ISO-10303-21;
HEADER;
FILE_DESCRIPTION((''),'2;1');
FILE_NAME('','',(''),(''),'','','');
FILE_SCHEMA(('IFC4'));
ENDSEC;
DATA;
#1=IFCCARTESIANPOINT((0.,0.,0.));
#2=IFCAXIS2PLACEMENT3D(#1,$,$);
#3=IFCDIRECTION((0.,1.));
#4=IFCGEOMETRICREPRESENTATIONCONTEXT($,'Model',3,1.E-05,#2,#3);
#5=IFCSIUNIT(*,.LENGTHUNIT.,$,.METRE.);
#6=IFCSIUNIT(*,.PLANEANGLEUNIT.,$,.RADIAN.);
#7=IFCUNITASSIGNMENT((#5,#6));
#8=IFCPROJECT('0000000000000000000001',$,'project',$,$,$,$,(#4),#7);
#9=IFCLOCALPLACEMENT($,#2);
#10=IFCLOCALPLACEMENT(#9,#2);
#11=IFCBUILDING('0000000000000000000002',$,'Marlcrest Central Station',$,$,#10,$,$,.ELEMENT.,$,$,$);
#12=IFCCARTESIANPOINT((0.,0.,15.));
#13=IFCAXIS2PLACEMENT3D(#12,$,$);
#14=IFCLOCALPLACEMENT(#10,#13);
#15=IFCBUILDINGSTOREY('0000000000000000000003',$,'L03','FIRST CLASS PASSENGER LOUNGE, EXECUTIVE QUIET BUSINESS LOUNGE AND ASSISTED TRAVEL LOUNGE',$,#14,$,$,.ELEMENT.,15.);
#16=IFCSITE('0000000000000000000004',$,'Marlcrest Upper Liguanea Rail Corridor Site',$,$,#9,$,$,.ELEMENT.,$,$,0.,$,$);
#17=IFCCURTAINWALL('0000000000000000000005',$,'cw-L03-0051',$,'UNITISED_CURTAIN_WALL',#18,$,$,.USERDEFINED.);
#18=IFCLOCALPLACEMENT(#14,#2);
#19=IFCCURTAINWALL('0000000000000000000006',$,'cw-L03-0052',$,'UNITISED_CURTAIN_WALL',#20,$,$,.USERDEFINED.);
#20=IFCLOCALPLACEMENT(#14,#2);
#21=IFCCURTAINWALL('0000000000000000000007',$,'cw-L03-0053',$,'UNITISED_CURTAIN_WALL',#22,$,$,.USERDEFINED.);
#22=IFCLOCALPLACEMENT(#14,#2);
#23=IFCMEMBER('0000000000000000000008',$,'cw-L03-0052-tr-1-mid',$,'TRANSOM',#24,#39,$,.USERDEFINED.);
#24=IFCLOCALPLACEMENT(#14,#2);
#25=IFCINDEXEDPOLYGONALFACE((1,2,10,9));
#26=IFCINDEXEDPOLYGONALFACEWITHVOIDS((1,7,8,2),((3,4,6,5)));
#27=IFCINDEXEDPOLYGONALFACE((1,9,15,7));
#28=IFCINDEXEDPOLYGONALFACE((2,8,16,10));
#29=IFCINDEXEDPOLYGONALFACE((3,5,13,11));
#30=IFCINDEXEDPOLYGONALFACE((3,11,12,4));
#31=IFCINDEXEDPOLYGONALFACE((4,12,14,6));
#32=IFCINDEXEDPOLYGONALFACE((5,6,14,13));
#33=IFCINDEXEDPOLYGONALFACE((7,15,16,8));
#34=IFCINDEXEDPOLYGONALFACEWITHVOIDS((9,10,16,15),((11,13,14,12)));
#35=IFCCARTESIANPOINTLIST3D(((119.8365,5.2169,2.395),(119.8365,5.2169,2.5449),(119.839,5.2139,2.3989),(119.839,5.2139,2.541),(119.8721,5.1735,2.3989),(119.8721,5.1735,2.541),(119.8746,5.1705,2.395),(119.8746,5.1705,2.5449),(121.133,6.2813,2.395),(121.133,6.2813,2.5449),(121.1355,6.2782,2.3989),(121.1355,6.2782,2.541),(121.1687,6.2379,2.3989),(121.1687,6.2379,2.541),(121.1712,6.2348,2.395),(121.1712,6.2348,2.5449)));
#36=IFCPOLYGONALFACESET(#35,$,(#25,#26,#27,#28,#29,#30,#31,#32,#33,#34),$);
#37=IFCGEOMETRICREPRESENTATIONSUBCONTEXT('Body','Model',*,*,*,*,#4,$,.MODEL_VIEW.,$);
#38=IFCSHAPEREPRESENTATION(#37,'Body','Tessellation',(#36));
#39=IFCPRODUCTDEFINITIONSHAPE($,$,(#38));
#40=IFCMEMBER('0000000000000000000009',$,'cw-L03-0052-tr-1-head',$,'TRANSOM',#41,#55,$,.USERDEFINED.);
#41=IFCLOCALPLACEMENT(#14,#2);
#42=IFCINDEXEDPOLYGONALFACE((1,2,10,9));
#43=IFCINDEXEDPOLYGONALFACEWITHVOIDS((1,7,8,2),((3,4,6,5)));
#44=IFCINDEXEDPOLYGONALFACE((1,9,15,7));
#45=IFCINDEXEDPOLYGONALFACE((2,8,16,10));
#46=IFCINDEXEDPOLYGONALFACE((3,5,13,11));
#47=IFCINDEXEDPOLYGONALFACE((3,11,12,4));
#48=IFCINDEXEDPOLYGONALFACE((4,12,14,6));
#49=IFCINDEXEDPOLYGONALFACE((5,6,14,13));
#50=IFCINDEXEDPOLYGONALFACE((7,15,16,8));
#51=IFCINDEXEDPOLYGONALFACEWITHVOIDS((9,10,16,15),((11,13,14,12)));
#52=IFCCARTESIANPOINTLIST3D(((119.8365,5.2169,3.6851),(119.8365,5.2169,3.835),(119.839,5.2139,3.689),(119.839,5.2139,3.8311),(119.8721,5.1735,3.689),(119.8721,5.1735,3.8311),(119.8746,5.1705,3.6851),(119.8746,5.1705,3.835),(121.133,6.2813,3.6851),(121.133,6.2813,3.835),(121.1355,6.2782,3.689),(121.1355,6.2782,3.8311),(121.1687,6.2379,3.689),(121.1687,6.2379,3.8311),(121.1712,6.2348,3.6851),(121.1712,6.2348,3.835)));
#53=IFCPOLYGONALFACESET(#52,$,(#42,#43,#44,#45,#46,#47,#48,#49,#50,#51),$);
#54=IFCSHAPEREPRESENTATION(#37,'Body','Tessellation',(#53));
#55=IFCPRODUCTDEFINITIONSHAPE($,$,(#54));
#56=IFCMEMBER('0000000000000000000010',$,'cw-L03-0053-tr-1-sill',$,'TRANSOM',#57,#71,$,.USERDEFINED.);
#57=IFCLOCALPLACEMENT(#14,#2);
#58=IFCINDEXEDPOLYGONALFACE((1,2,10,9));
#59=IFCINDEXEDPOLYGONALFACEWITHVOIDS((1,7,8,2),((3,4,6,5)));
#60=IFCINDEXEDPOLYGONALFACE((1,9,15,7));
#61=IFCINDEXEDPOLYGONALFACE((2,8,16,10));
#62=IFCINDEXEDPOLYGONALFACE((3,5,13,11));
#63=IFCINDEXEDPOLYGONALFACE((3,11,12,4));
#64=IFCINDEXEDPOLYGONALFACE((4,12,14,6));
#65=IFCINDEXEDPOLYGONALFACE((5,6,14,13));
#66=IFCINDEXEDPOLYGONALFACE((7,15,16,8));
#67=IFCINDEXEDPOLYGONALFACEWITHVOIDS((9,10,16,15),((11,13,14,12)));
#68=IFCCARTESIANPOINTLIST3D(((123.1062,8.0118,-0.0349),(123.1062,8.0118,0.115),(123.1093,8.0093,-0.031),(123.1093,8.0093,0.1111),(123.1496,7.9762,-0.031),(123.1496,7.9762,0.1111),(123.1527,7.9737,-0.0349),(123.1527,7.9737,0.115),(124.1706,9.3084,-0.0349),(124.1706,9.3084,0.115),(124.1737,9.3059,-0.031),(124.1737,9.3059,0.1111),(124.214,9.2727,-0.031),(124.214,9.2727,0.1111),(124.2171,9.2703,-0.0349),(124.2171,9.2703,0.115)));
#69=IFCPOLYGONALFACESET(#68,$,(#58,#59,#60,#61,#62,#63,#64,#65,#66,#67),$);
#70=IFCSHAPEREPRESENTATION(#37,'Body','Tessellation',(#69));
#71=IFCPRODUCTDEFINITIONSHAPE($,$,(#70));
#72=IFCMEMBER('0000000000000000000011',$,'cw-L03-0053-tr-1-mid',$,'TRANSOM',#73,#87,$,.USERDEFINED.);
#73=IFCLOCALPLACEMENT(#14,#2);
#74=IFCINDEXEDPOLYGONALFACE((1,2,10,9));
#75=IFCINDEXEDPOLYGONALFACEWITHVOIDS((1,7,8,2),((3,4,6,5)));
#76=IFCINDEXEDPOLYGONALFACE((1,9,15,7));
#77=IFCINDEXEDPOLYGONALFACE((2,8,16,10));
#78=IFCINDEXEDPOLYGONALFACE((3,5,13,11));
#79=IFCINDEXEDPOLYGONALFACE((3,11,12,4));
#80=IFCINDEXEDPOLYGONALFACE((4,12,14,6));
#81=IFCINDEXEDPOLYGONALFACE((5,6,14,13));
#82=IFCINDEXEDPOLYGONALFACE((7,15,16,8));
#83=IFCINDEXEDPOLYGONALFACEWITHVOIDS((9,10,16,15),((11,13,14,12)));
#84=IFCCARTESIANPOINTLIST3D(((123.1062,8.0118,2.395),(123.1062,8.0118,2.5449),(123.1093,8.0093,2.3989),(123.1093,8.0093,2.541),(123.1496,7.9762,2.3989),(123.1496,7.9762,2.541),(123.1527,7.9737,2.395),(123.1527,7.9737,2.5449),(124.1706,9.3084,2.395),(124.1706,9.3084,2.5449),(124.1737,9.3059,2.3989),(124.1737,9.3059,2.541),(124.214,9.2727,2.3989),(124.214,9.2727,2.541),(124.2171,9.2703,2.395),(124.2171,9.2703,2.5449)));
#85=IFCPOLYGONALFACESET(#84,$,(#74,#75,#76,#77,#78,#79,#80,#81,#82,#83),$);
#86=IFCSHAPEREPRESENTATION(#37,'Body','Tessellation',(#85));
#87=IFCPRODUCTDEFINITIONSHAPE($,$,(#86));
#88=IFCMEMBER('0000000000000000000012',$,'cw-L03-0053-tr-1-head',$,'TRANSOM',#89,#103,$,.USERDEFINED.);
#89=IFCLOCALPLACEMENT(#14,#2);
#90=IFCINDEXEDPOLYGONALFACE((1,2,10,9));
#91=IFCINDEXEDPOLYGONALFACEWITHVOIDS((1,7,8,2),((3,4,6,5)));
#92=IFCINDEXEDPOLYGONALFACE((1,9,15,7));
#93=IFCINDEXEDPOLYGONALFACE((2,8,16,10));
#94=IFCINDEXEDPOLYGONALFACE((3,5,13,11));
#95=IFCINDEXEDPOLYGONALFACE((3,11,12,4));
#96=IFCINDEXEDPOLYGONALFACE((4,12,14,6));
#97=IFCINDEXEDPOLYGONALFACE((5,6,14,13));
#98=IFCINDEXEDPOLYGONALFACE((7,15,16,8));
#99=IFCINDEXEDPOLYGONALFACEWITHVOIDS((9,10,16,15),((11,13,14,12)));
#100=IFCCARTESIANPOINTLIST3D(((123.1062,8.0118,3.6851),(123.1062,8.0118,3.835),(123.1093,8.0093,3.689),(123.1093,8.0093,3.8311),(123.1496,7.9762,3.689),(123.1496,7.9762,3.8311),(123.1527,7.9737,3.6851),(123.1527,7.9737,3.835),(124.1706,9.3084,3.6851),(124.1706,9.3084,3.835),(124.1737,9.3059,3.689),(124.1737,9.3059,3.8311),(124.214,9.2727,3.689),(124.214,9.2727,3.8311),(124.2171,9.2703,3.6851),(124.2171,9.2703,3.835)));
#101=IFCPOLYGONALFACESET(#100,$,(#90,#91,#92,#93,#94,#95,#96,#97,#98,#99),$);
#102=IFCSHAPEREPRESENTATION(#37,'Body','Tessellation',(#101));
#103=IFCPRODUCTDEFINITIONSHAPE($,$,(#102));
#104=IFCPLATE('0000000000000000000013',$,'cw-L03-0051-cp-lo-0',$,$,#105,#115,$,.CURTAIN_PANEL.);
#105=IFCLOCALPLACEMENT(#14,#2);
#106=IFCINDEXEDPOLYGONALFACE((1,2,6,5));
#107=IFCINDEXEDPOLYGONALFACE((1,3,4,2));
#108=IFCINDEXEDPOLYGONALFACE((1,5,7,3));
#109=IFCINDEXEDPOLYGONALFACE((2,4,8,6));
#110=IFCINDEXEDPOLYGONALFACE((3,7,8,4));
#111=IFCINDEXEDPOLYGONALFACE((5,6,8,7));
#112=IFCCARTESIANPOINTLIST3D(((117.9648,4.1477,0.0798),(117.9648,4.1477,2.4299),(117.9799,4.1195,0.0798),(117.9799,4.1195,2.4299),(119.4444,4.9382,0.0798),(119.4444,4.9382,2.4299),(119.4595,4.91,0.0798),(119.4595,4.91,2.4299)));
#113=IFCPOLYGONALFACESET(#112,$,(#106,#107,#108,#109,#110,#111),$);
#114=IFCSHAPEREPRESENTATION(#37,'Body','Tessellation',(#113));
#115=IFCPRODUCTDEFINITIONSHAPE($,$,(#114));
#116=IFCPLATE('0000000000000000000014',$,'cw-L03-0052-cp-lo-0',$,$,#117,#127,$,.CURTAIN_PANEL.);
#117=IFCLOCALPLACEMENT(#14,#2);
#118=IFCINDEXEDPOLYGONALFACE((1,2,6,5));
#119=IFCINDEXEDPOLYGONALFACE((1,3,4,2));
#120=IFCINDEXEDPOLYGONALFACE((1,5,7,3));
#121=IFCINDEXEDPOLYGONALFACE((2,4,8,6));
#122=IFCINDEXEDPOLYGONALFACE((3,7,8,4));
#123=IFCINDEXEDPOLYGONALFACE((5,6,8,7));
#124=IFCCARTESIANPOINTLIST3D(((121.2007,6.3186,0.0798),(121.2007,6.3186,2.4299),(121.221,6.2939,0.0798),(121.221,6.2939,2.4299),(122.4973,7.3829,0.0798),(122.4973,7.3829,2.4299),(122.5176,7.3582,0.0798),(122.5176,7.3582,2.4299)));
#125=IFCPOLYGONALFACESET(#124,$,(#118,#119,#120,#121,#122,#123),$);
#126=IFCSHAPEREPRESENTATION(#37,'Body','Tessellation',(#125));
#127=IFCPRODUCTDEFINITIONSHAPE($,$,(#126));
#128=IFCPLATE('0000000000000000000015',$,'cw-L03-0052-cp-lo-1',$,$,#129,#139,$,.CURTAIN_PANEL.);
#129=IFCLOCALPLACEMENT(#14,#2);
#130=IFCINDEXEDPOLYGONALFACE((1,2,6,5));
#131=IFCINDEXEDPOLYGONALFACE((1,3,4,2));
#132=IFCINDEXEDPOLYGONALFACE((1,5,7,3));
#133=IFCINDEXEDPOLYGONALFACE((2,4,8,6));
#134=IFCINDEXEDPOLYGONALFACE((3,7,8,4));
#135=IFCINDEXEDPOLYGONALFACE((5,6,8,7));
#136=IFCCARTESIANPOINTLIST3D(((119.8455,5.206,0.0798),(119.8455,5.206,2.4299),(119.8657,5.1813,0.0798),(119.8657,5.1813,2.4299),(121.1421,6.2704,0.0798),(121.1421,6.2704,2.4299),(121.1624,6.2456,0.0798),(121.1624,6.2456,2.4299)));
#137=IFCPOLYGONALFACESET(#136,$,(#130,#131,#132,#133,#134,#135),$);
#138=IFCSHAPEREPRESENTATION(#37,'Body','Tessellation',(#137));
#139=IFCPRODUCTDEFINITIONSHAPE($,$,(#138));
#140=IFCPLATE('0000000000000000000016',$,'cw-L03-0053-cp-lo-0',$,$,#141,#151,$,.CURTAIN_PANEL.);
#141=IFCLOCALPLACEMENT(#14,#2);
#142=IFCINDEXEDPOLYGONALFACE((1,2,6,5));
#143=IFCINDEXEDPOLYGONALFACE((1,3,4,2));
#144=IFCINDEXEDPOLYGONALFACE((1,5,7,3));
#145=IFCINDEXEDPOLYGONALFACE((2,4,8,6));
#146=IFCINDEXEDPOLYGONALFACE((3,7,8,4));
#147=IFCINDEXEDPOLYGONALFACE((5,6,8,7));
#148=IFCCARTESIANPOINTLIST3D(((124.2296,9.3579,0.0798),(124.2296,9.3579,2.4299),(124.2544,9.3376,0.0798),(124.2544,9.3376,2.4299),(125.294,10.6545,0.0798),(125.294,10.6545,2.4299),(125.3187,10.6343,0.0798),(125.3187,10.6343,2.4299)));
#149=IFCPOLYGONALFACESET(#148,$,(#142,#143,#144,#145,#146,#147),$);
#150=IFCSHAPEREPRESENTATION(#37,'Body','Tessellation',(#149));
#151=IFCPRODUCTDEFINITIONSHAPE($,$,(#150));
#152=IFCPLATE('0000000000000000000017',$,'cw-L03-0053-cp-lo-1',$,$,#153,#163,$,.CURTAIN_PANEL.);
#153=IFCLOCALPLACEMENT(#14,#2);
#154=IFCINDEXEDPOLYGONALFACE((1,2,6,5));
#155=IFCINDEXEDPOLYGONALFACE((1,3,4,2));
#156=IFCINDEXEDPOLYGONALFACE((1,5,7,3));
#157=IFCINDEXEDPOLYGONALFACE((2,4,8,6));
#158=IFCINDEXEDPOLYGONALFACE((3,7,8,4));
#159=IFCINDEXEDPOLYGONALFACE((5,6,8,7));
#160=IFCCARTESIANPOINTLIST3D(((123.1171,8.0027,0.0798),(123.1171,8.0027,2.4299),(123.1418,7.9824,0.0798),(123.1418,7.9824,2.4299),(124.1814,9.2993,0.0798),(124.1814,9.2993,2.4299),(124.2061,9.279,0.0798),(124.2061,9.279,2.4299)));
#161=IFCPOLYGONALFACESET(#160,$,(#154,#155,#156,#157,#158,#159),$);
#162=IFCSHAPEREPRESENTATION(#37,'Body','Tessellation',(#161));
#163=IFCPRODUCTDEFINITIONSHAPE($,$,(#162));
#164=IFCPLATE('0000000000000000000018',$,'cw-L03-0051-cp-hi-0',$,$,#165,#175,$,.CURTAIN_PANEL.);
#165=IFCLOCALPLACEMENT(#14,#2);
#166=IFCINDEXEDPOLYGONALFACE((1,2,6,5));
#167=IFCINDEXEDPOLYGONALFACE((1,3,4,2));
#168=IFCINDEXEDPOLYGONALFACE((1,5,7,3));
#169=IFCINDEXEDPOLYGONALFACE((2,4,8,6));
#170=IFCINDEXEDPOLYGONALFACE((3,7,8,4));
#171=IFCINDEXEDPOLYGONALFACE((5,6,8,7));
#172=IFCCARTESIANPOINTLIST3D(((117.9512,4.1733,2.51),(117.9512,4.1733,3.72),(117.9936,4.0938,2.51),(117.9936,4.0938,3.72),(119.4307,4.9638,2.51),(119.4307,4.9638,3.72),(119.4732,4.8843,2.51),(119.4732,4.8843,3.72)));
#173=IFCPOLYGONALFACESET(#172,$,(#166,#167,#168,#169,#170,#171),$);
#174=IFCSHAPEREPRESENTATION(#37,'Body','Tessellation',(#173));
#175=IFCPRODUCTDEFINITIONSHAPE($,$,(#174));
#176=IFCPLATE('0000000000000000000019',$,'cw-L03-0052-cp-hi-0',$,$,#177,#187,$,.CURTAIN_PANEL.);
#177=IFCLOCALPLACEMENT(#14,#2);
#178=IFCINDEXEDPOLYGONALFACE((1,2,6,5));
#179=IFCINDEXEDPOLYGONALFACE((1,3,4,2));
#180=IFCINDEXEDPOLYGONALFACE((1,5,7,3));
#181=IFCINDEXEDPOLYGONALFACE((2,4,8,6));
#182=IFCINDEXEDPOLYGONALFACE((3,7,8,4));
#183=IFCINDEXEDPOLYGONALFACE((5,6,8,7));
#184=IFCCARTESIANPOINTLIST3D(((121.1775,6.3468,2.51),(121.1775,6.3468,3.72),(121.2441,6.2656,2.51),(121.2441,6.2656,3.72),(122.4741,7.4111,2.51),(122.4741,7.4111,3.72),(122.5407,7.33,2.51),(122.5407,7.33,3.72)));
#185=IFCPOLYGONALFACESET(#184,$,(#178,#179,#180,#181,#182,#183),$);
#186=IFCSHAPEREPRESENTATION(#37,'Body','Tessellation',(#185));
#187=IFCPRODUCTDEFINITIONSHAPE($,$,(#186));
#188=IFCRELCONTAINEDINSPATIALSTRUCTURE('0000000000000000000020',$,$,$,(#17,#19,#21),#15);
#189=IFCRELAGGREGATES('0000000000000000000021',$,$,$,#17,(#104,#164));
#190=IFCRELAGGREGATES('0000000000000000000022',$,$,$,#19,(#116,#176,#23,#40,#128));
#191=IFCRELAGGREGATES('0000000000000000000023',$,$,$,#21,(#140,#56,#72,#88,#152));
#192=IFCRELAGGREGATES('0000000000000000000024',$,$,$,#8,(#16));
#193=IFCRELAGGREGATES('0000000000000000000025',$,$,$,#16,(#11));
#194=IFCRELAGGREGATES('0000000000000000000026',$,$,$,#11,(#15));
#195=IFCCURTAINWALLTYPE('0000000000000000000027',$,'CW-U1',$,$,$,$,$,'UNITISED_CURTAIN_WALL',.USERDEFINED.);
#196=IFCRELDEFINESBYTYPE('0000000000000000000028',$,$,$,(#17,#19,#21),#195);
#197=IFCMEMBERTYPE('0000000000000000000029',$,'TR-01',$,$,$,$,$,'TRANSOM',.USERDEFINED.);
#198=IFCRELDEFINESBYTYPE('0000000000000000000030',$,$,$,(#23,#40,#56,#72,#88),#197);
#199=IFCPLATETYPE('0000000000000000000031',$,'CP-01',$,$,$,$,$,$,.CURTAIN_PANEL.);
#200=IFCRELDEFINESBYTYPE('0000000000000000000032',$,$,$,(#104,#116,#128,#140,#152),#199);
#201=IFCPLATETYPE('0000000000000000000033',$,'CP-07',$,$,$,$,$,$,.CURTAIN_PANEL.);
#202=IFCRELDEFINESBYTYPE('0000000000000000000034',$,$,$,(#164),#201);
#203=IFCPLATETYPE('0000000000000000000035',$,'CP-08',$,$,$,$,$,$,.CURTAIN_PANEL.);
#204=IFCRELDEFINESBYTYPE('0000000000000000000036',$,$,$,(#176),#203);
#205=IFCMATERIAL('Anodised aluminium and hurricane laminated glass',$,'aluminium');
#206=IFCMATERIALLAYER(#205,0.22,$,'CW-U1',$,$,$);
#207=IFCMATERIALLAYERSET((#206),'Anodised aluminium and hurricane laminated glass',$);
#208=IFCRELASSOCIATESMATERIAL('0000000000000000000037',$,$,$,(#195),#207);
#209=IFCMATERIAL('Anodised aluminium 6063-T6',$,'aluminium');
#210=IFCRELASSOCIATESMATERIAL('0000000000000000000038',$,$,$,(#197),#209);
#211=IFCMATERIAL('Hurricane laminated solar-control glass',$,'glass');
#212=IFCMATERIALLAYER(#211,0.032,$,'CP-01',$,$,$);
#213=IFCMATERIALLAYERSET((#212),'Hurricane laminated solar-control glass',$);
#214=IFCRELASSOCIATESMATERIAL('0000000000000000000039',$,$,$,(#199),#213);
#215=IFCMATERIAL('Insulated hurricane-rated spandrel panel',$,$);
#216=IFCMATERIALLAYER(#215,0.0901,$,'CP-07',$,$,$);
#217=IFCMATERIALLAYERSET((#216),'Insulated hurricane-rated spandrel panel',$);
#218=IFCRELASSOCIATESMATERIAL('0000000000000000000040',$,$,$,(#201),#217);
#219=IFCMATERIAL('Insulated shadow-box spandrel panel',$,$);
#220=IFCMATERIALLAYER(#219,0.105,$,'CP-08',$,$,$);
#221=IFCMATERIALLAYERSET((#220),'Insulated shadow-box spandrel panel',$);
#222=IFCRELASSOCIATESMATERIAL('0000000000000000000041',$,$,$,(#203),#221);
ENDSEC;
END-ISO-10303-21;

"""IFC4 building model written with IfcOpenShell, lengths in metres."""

from ifc_helpers import new_model, si_unit, direction, frame, origin, origin_2d, place, context, subcontext, project, spatial, rectangle, hollow_rectangle, extrude, material, layer, layer_set, material_profile, profile_set, type_object, element, aggregate, save


model = new_model("IFC4")

# Units and contexts
model_context = context("Model", 3, precision=1e-05, world=origin(), true_north=direction((0.0, 1.0)))
body_context = subcontext(model_context, "Body", "Model", "MODEL_VIEW")
ifc_project = project(units=[si_unit("LENGTHUNIT", "METRE"), si_unit("PLANEANGLEUNIT", "RADIAN")], contexts=[model_context])

# Site, building, storey
site_placement = place(None, origin())
site = spatial("IfcSite", under=ifc_project, at=site_placement, Name="Marlcrest Upper Liguanea Rail Corridor Site", CompositionType="ELEMENT", RefElevation=0.0)
building_placement = place(site_placement, origin())
building = spatial("IfcBuilding", under=site, at=building_placement, Name="Marlcrest Central Station", CompositionType="ELEMENT")
storey_placement = place(building_placement, frame((0.0, 0.0, 15.0)))
storey = spatial("IfcBuildingStorey", under=building, at=storey_placement, Name="L03", Description="FIRST CLASS PASSENGER LOUNGE, EXECUTIVE QUIET BUSINESS LOUNGE AND ASSISTED TRAVEL LOUNGE", CompositionType="ELEMENT", Elevation=15.0)

# Curtain walls
ifc_material_1 = material(Name="Anodised aluminium and hurricane laminated glass", Category="aluminium")
ifc_layer_1 = layer(ifc_material_1, 0.22, Name="CW-U1")
ifc_layer_set_1 = layer_set([ifc_layer_1], Name="Anodised aluminium and hurricane laminated glass")
curtain_wall_type = type_object("IfcCurtainWallType", Name="CW-U1", ElementType="UNITISED_CURTAIN_WALL", PredefinedType="USERDEFINED", material=ifc_layer_set_1)
curtain_wall_1_placement = place(storey_placement, origin())
curtain_wall_1 = element("IfcCurtainWall", 1, at=curtain_wall_1_placement, inside=storey, type_object=curtain_wall_type, Name="cw-L03-0051", ObjectType="UNITISED_CURTAIN_WALL", PredefinedType="USERDEFINED")
ifc_material_2 = material(Name="Anodised aluminium 6063-T6", Category="aluminium")
curtain_wall_2_placement = place(storey_placement, origin())
curtain_wall_2 = element("IfcCurtainWall", 2, at=curtain_wall_2_placement, inside=storey, type_object=curtain_wall_type, Name="cw-L03-0052", ObjectType="UNITISED_CURTAIN_WALL", PredefinedType="USERDEFINED")
curtain_wall_3_placement = place(storey_placement, origin())
curtain_wall_3 = element("IfcCurtainWall", 3, at=curtain_wall_3_placement, inside=storey, type_object=curtain_wall_type, Name="cw-L03-0053", ObjectType="UNITISED_CURTAIN_WALL", PredefinedType="USERDEFINED")

# Members
ifc_material_profile_1 = material_profile(ifc_material_2, hollow_rectangle(XDim=0.0601, YDim=0.1499, WallThickness=0.0039, at=origin_2d()), Name="AA-RHS 150x60x4")
ifc_profile_set_1 = profile_set([ifc_material_profile_1], Name="Anodised aluminium 6063-T6")
member_type_1 = type_object("IfcMemberType", Name="TR-01", ElementType="TRANSOM", PredefinedType="USERDEFINED", material=ifc_profile_set_1)
member_1_placement = place(storey_placement, frame((121.1521, 6.2581, 2.47), z_axis=(-0.772912, -0.634513, 0.0), x_axis=(0.634513, -0.772912, 0.0)))
member_1 = element("IfcMember", 4, at=member_1_placement, type_object=member_type_1, Name="cw-L03-0052-tr-1-mid", ObjectType="TRANSOM", PredefinedType="USERDEFINED", context=body_context, shape_type="SweptSolid", body=[
    extrude(hollow_rectangle(XDim=0.0601, YDim=0.1499, WallThickness=0.0039, at=origin_2d()), origin(), (0.0, 0.0, 1.0), 1.6775),
])
member_2_placement = place(storey_placement, frame((121.1521, 6.2581, 3.76), z_axis=(-0.772912, -0.634513, 0.0), x_axis=(0.634513, -0.772912, 0.0)))
member_2 = element("IfcMember", 5, at=member_2_placement, type_object=member_type_1, Name="cw-L03-0052-tr-1-head", ObjectType="TRANSOM", PredefinedType="USERDEFINED", context=body_context, shape_type="SweptSolid", body=[
    extrude(hollow_rectangle(XDim=0.0601, YDim=0.1499, WallThickness=0.0039, at=origin_2d()), origin(), (0.0, 0.0, 1.0), 1.6775),
])
member_3_placement = place(storey_placement, frame((124.1938, 9.2893, 0.04), z_axis=(-0.634513, -0.772912, 0.0), x_axis=(0.772912, -0.634513, 0.0)))
member_3 = element("IfcMember", 6, at=member_3_placement, type_object=member_type_1, Name="cw-L03-0053-tr-1-sill", ObjectType="TRANSOM", PredefinedType="USERDEFINED", context=body_context, shape_type="SweptSolid", body=[
    extrude(hollow_rectangle(XDim=0.0601, YDim=0.1499, WallThickness=0.0039, at=origin_2d()), origin(), (0.0, 0.0, 1.0), 1.6775),
])
member_4_placement = place(storey_placement, frame((124.1938, 9.2893, 2.47), z_axis=(-0.634513, -0.772912, 0.0), x_axis=(0.772912, -0.634513, 0.0)))
member_4 = element("IfcMember", 7, at=member_4_placement, type_object=member_type_1, Name="cw-L03-0053-tr-1-mid", ObjectType="TRANSOM", PredefinedType="USERDEFINED", context=body_context, shape_type="SweptSolid", body=[
    extrude(hollow_rectangle(XDim=0.0601, YDim=0.1499, WallThickness=0.0039, at=origin_2d()), origin(), (0.0, 0.0, 1.0), 1.6775),
])
member_5_placement = place(storey_placement, frame((124.1938, 9.2893, 3.76), z_axis=(-0.634513, -0.772912, 0.0), x_axis=(0.772912, -0.634513, 0.0)))
member_5 = element("IfcMember", 8, at=member_5_placement, type_object=member_type_1, Name="cw-L03-0053-tr-1-head", ObjectType="TRANSOM", PredefinedType="USERDEFINED", context=body_context, shape_type="SweptSolid", body=[
    extrude(hollow_rectangle(XDim=0.0601, YDim=0.1499, WallThickness=0.0039, at=origin_2d()), origin(), (0.0, 0.0, 1.0), 1.6775),
])

# Plates
ifc_material_3 = material(Name="Hurricane laminated solar-control glass", Category="glass")
ifc_layer_2 = layer(ifc_material_3, 0.032, Name="CP-01")
ifc_layer_set_2 = layer_set([ifc_layer_2], Name="Hurricane laminated solar-control glass")
plate_type_1 = type_object("IfcPlateType", Name="CP-01", PredefinedType="CURTAIN_PANEL", material=ifc_layer_set_2)
plate_1_placement = place(storey_placement, frame((118.7122, 4.5288, 0.0798), z_axis=(0.0, 0.0, 1.0), x_axis=(-0.882004, -0.471243, 0.0)))
plate_1 = element("IfcPlate", 9, at=plate_1_placement, type_object=plate_type_1, Name="cw-L03-0051-cp-lo-0", PredefinedType="CURTAIN_PANEL", context=body_context, shape_type="SweptSolid", body=[
    extrude(rectangle(XDim=1.6775, YDim=0.032, at=origin_2d()), origin(), (0.0, 0.0, 1.0), 2.3501),
])
plate_2_placement = place(storey_placement, frame((121.8591, 6.8384, 0.0798), z_axis=(0.0, 0.0, 1.0), x_axis=(-0.772944, -0.634474, 0.0)))
plate_2 = element("IfcPlate", 10, at=plate_2_placement, type_object=plate_type_1, Name="cw-L03-0052-cp-lo-0", PredefinedType="CURTAIN_PANEL", context=body_context, shape_type="SweptSolid", body=[
    extrude(rectangle(XDim=1.6775, YDim=0.032, at=origin_2d()), origin(), (0.0, 0.0, 1.0), 2.3501),
])
plate_3_placement = place(storey_placement, frame((120.5039, 5.7258, 0.0798), z_axis=(0.0, 0.0, 1.0), x_axis=(-0.772944, -0.634474, 0.0)))
plate_3 = element("IfcPlate", 11, at=plate_3_placement, type_object=plate_type_1, Name="cw-L03-0052-cp-lo-1", PredefinedType="CURTAIN_PANEL", context=body_context, shape_type="SweptSolid", body=[
    extrude(rectangle(XDim=1.6775, YDim=0.032, at=origin_2d()), origin(), (0.0, 0.0, 1.0), 2.3501),
])
plate_4_placement = place(storey_placement, frame((124.7742, 9.9961, 0.0798), z_axis=(0.0, 0.0, 1.0), x_axis=(-0.634474, -0.772944, 0.0)))
plate_4 = element("IfcPlate", 12, at=plate_4_placement, type_object=plate_type_1, Name="cw-L03-0053-cp-lo-0", PredefinedType="CURTAIN_PANEL", context=body_context, shape_type="SweptSolid", body=[
    extrude(rectangle(XDim=1.6775, YDim=0.032, at=origin_2d()), origin(), (0.0, 0.0, 1.0), 2.3501),
])
plate_5_placement = place(storey_placement, frame((123.6616, 8.6409, 0.0798), z_axis=(0.0, 0.0, 1.0), x_axis=(-0.634474, -0.772944, 0.0)))
plate_5 = element("IfcPlate", 13, at=plate_5_placement, type_object=plate_type_1, Name="cw-L03-0053-cp-lo-1", PredefinedType="CURTAIN_PANEL", context=body_context, shape_type="SweptSolid", body=[
    extrude(rectangle(XDim=1.6775, YDim=0.032, at=origin_2d()), origin(), (0.0, 0.0, 1.0), 2.3501),
])
ifc_material_4 = material(Name="Insulated hurricane-rated spandrel panel")
ifc_layer_3 = layer(ifc_material_4, 0.0901, Name="CP-07")
ifc_layer_set_3 = layer_set([ifc_layer_3], Name="Insulated hurricane-rated spandrel panel")
plate_type_2 = type_object("IfcPlateType", Name="CP-07", PredefinedType="CURTAIN_PANEL", material=ifc_layer_set_3)
plate_6_placement = place(storey_placement, frame((118.7122, 4.5288, 2.51), z_axis=(0.0, 0.0, 1.0), x_axis=(-0.882004, -0.471243, 0.0)))
plate_6 = element("IfcPlate", 14, at=plate_6_placement, type_object=plate_type_2, Name="cw-L03-0051-cp-hi-0", PredefinedType="CURTAIN_PANEL", context=body_context, shape_type="SweptSolid", body=[
    extrude(rectangle(XDim=1.6775, YDim=0.0901, at=origin_2d()), origin(), (0.0, 0.0, 1.0), 1.21),
])
aggregate(curtain_wall_1, [plate_1, plate_6])
ifc_material_5 = material(Name="Insulated shadow-box spandrel panel")
ifc_layer_4 = layer(ifc_material_5, 0.105, Name="CP-08")
ifc_layer_set_4 = layer_set([ifc_layer_4], Name="Insulated shadow-box spandrel panel")
plate_type_3 = type_object("IfcPlateType", Name="CP-08", PredefinedType="CURTAIN_PANEL", material=ifc_layer_set_4)
plate_7_placement = place(storey_placement, frame((121.8591, 6.8384, 2.51), z_axis=(0.0, 0.0, 1.0), x_axis=(-0.772944, -0.634474, 0.0)))
plate_7 = element("IfcPlate", 15, at=plate_7_placement, type_object=plate_type_3, Name="cw-L03-0052-cp-hi-0", PredefinedType="CURTAIN_PANEL", context=body_context, shape_type="SweptSolid", body=[
    extrude(rectangle(XDim=1.6775, YDim=0.105, at=origin_2d()), origin(), (0.0, 0.0, 1.0), 1.21),
])
aggregate(curtain_wall_2, [plate_2, plate_7, member_1, member_2, plate_3])
aggregate(curtain_wall_3, [plate_4, member_3, member_4, member_5, plate_5])

save(model, "model.ifc")
